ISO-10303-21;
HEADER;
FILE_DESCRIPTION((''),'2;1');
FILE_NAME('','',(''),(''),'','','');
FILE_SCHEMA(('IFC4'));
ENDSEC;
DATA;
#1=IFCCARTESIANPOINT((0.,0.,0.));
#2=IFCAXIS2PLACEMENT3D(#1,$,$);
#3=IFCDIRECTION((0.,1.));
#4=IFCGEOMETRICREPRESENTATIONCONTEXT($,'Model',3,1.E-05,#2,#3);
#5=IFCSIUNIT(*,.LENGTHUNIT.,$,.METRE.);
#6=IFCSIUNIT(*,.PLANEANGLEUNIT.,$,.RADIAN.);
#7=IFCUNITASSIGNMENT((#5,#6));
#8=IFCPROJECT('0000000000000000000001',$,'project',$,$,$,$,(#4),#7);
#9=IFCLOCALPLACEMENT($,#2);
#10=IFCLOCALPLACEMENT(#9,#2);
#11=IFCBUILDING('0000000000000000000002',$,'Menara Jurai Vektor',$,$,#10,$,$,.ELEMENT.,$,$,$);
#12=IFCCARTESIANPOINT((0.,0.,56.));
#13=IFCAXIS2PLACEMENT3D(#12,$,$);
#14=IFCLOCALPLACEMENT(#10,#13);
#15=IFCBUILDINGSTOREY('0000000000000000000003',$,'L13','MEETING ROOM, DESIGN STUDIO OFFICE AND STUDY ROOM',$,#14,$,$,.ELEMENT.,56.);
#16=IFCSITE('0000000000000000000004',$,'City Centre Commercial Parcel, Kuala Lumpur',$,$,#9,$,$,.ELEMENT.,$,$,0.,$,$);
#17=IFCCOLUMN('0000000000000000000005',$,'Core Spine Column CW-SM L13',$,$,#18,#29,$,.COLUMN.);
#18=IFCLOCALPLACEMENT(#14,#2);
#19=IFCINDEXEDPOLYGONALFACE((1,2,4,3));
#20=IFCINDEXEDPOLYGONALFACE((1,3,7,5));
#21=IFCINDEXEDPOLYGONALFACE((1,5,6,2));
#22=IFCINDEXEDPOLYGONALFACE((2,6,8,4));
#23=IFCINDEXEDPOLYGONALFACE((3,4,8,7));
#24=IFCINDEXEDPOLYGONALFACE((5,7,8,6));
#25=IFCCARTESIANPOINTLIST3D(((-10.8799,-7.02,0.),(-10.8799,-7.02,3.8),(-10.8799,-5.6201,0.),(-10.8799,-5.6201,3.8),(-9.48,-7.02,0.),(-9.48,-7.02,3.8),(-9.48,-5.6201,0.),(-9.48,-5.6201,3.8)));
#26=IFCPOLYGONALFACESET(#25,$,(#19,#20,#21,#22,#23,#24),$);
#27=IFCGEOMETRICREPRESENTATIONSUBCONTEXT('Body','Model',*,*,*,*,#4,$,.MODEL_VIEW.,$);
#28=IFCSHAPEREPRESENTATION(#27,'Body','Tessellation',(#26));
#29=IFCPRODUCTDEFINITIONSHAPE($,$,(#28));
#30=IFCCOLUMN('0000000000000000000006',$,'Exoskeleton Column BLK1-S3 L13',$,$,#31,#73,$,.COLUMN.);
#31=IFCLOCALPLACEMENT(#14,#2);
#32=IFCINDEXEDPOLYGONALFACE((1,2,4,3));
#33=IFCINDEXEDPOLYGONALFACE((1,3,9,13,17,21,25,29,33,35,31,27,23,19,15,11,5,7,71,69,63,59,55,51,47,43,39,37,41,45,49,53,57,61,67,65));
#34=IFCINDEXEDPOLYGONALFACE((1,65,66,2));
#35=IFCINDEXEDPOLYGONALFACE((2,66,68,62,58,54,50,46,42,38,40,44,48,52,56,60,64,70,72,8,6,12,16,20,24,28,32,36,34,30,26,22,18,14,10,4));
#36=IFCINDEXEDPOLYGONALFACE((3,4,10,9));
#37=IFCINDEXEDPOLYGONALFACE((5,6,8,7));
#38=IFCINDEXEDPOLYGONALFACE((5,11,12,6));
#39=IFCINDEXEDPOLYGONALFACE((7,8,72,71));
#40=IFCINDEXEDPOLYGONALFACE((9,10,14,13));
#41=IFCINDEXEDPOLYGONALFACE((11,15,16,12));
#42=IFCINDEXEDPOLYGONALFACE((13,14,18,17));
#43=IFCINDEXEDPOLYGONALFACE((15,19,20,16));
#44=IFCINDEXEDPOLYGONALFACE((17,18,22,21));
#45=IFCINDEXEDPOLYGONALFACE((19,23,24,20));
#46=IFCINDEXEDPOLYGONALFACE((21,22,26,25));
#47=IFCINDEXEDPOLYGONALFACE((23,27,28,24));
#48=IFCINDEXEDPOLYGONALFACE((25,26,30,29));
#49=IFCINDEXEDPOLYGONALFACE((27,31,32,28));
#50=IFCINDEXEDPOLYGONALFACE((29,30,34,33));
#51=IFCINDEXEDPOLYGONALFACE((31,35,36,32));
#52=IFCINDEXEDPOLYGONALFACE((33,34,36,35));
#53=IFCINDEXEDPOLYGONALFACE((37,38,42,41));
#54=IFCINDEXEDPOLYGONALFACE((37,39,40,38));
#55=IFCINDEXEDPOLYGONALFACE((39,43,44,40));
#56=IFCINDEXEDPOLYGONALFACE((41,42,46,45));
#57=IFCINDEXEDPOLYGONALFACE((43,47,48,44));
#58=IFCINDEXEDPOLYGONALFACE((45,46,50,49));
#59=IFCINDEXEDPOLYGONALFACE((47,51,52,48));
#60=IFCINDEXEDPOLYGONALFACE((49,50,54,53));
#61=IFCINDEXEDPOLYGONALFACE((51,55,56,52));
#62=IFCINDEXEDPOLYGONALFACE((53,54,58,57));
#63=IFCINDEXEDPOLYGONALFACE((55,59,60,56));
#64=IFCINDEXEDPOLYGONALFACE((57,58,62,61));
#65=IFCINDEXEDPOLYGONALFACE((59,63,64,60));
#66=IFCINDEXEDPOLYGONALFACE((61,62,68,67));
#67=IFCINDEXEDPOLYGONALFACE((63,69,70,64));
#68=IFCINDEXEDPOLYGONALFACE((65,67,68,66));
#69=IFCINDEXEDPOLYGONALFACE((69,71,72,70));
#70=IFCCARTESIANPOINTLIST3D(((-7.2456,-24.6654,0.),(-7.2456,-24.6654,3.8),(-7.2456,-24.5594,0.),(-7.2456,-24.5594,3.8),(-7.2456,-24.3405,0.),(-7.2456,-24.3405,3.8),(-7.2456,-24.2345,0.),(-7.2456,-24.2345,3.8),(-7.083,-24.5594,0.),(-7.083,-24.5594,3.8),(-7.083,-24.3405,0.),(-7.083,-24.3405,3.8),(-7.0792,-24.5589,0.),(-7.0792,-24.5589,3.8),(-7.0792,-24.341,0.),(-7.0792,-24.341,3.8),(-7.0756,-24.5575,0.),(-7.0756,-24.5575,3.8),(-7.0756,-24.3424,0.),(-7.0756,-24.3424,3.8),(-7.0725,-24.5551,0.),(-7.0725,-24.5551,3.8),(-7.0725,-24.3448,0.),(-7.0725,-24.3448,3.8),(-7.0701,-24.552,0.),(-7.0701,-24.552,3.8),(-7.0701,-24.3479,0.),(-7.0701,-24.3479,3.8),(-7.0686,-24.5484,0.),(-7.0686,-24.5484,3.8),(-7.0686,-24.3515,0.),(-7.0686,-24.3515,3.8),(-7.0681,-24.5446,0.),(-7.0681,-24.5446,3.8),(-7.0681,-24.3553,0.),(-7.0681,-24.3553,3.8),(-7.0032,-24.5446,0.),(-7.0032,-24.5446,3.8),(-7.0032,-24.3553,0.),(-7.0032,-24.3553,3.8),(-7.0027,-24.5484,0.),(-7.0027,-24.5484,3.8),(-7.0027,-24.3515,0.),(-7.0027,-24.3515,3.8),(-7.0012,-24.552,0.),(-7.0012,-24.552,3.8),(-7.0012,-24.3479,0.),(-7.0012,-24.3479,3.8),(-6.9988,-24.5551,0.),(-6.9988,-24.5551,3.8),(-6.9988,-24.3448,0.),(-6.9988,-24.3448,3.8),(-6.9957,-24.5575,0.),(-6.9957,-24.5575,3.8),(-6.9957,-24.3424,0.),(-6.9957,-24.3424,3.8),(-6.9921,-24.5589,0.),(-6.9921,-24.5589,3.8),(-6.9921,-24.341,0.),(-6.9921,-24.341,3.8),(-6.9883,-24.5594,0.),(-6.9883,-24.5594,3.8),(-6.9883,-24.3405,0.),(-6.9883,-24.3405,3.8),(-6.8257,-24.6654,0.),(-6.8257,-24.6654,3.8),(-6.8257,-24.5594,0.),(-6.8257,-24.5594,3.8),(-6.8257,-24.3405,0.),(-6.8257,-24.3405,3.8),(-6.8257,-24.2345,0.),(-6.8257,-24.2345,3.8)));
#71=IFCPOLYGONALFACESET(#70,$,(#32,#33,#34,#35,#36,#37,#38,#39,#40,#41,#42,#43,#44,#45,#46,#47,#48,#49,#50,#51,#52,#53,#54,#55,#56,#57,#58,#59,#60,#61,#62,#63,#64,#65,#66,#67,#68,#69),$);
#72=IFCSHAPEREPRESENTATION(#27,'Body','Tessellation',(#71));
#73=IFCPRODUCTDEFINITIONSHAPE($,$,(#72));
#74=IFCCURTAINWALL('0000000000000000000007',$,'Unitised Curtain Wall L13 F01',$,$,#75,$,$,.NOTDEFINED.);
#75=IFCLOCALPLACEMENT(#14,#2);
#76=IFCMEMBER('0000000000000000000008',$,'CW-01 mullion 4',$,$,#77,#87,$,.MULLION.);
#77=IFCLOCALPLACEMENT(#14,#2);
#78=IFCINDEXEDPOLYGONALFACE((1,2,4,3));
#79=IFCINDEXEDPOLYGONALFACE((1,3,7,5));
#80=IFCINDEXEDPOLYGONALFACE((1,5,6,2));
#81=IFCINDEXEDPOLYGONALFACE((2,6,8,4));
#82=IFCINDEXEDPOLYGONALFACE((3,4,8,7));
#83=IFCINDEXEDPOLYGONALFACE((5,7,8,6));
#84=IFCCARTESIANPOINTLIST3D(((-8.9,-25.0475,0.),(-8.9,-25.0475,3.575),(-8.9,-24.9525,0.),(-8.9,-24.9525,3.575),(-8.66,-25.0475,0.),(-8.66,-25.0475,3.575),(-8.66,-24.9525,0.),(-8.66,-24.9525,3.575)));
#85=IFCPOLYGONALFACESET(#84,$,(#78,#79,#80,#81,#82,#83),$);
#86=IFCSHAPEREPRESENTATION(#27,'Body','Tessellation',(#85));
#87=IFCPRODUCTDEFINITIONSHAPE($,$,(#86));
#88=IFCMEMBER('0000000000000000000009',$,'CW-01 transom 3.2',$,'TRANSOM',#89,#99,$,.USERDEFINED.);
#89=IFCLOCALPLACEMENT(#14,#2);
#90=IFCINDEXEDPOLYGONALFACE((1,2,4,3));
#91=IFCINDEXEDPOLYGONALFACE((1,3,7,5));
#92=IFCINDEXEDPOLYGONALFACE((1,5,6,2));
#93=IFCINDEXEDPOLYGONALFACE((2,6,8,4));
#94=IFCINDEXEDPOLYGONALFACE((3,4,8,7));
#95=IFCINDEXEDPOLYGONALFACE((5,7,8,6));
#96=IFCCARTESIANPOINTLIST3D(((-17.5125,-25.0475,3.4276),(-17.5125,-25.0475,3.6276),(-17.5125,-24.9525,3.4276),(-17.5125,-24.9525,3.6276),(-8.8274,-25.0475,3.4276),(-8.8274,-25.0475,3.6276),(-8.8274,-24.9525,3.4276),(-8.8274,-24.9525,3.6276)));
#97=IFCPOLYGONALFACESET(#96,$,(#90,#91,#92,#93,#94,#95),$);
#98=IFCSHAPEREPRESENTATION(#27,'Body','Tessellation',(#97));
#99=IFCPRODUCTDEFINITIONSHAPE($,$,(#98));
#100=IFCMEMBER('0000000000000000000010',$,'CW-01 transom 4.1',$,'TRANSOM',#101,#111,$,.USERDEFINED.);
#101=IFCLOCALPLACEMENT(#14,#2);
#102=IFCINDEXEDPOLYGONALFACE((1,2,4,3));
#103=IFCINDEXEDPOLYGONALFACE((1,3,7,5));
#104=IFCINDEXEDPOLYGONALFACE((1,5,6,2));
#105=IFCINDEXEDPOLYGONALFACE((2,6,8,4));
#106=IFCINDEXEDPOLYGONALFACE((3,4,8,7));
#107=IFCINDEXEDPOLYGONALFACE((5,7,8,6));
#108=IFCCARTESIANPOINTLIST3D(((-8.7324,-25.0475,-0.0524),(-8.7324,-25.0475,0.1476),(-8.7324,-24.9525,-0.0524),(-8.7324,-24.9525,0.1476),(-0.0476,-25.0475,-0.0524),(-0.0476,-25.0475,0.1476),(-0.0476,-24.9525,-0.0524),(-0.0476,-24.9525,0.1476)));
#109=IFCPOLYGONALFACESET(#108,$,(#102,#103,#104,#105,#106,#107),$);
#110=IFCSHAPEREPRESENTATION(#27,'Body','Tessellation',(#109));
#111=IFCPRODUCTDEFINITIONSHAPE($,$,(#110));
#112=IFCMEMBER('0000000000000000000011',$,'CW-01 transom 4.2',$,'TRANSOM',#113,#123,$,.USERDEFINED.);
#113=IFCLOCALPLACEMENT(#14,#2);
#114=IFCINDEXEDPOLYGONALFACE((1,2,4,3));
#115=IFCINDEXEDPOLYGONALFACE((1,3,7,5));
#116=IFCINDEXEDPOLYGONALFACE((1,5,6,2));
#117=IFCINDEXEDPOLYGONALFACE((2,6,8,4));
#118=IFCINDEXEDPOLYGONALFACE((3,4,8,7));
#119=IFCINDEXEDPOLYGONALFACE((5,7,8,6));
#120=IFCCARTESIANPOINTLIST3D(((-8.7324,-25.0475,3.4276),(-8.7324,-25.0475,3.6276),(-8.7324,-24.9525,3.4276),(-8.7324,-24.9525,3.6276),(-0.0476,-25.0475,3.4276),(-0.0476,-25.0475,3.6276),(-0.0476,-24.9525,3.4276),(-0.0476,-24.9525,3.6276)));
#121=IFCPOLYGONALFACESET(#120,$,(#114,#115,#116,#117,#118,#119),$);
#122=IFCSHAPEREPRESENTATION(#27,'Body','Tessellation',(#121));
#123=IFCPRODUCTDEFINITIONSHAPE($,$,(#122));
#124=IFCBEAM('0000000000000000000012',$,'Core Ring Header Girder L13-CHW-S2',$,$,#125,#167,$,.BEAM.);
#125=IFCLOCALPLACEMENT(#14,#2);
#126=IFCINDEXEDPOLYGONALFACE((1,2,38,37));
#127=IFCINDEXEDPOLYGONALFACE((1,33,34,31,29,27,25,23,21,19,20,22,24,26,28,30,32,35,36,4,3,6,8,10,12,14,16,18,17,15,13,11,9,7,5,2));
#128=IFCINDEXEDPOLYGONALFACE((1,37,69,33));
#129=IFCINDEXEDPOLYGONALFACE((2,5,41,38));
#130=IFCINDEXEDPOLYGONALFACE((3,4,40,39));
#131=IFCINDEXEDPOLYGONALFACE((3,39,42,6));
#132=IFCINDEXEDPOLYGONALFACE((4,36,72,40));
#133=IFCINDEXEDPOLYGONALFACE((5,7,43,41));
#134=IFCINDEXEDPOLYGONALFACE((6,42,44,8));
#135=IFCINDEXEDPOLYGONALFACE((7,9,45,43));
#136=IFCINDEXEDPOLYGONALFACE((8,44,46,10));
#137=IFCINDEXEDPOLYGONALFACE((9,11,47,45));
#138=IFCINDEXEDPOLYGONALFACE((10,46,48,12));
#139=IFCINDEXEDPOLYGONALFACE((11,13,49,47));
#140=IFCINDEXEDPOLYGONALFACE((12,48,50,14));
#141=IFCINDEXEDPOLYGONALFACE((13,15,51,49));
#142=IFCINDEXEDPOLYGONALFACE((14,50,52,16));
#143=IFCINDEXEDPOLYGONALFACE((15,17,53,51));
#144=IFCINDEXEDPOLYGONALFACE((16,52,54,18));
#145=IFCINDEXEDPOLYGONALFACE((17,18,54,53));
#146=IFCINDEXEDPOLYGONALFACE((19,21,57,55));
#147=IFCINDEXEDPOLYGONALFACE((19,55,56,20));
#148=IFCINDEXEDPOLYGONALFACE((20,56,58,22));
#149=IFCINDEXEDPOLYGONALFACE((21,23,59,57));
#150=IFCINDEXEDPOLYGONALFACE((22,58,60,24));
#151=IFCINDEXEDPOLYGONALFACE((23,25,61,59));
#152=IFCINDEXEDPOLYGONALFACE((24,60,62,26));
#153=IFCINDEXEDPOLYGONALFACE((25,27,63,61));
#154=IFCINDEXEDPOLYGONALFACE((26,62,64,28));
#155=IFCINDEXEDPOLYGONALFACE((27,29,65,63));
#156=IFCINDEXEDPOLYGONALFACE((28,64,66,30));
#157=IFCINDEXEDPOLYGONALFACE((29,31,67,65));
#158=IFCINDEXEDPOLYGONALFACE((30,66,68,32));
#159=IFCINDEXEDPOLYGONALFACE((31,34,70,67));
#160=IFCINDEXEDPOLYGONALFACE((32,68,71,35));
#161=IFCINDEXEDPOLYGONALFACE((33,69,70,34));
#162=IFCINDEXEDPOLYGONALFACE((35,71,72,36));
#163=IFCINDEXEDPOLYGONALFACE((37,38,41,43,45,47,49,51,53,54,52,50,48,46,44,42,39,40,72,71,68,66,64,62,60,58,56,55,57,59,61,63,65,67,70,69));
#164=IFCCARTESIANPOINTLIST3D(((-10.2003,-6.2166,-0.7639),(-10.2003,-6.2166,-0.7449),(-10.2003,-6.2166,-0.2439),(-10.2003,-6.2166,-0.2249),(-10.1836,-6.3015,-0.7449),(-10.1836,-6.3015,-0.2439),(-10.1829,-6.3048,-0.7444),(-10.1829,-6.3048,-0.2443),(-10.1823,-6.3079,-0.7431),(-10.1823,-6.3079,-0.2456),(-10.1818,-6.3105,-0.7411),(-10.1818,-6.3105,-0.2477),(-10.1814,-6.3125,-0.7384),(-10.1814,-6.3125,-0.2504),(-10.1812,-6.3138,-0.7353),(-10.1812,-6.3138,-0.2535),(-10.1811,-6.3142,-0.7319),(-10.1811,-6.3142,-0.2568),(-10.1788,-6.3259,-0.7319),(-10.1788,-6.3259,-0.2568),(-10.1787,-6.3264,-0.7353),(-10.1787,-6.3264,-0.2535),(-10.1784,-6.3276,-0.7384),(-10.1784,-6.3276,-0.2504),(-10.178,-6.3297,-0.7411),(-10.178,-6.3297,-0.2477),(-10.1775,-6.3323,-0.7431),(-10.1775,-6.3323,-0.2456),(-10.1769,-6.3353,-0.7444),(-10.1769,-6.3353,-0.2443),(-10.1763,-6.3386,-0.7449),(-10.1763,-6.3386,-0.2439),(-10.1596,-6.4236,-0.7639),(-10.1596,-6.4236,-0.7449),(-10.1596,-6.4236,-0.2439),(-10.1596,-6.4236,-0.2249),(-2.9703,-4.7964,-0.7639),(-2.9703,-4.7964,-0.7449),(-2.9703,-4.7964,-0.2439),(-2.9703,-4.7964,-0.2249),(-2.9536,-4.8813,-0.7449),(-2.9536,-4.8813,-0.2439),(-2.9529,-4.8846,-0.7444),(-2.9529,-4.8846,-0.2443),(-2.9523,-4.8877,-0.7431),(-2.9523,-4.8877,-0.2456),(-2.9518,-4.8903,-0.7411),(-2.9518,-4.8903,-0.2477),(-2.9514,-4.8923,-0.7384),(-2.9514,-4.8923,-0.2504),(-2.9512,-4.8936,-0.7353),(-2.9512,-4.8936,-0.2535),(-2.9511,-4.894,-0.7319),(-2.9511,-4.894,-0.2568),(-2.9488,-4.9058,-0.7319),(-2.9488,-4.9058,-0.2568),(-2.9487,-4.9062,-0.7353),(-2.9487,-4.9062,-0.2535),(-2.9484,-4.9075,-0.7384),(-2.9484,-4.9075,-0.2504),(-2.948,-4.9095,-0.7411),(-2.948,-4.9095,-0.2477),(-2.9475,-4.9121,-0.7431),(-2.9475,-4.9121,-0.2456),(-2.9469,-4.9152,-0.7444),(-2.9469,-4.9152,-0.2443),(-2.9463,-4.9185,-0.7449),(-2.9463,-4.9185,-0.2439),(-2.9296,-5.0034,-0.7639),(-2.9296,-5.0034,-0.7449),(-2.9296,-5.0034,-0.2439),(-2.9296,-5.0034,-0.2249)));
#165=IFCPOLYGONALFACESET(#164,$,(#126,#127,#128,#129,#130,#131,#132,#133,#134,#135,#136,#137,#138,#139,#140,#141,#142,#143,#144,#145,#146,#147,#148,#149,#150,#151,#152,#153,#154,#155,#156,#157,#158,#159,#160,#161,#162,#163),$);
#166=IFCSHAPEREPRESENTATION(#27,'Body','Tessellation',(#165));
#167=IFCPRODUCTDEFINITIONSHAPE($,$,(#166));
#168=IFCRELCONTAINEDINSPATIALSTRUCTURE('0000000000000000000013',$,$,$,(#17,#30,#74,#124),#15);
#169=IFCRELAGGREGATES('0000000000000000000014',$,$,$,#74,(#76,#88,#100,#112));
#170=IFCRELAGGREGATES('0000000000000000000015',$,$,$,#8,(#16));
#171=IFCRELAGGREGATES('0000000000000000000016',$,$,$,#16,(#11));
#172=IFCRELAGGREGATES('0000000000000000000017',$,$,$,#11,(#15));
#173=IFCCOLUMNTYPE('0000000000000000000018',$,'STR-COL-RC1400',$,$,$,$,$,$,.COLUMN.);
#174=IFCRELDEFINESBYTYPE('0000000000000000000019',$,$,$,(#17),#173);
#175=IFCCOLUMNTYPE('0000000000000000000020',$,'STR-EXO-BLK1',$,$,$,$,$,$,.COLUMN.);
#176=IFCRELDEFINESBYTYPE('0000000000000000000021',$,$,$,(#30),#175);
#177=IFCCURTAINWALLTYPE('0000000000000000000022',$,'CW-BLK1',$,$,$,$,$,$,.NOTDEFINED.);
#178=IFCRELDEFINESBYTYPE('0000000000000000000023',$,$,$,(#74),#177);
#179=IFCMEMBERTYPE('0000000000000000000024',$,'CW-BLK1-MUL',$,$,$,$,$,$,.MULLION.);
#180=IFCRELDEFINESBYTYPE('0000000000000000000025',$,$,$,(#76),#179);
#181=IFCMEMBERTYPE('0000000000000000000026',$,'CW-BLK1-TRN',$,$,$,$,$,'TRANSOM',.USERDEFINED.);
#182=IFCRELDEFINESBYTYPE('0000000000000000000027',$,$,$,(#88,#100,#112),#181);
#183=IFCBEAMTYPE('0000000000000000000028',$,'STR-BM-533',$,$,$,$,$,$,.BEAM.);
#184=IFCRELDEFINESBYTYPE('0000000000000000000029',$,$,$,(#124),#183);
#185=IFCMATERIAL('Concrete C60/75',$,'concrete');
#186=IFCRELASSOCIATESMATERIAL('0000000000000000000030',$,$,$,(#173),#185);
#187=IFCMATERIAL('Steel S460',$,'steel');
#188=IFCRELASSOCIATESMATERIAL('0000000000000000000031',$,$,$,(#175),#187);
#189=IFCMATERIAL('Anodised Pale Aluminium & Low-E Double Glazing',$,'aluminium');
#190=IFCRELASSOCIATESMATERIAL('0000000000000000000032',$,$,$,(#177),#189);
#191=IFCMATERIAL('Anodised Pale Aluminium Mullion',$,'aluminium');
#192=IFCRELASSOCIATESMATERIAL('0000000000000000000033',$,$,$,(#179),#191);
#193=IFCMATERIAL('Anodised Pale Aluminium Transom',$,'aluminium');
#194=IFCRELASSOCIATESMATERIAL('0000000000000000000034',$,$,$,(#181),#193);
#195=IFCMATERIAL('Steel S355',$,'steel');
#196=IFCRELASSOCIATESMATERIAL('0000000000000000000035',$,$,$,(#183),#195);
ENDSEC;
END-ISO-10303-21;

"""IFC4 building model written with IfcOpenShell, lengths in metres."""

from ifc_helpers import new_model, si_unit, direction, frame, origin, origin_2d, place, context, subcontext, project, spatial, rectangle, i_section, extrude, material, material_profile, profile_set, type_object, element, aggregate, save


model = new_model("IFC4")

# Units and contexts
model_context = context("Model", 3, precision=1e-05, world=origin(), true_north=direction((0.0, 1.0)))
body_context = subcontext(model_context, "Body", "Model", "MODEL_VIEW")
ifc_project = project(units=[si_unit("LENGTHUNIT", "METRE"), si_unit("PLANEANGLEUNIT", "RADIAN")], contexts=[model_context])

# Site, building, storey
site_placement = place(None, origin())
site = spatial("IfcSite", under=ifc_project, at=site_placement, Name="City Centre Commercial Parcel, Kuala Lumpur", CompositionType="ELEMENT", RefElevation=0.0)
building_placement = place(site_placement, origin())
building = spatial("IfcBuilding", under=site, at=building_placement, Name="Menara Jurai Vektor", CompositionType="ELEMENT")
storey_placement = place(building_placement, frame((0.0, 0.0, 56.0)))
storey = spatial("IfcBuildingStorey", under=building, at=storey_placement, Name="L13", Description="MEETING ROOM, DESIGN STUDIO OFFICE AND STUDY ROOM", CompositionType="ELEMENT", Elevation=56.0)

# Columns
ifc_material_1 = material(Name="Concrete C60/75", Category="concrete")
ifc_material_profile_1 = material_profile(ifc_material_1, rectangle(XDim=1.3999, YDim=1.3999, at=origin_2d()), Name="RC 1400x1400")
ifc_profile_set_1 = profile_set([ifc_material_profile_1], Name="Concrete C60/75")
column_type_1 = type_object("IfcColumnType", Name="STR-COL-RC1400", PredefinedType="COLUMN", material=ifc_profile_set_1)
column_1_placement = place(storey_placement, frame((-10.1799, -6.3201, 0.0), z_axis=(0.0, 0.0, 1.0), x_axis=(1.0, 0.0, 0.0)))
element("IfcColumn", 1, at=column_1_placement, inside=storey, type_object=column_type_1, Name="Core Spine Column CW-SM L13", PredefinedType="COLUMN", context=body_context, shape_type="SweptSolid", body=[
    extrude(rectangle(XDim=1.3999, YDim=1.3999, at=origin_2d()), origin(), (0.0, 0.0, 1.0), 3.8),
])
ifc_material_2 = material(Name="Steel S460", Category="steel")
ifc_material_profile_2 = material_profile(ifc_material_2, i_section(OverallWidth=0.4199, OverallDepth=0.4309, WebThickness=0.0649, FlangeThickness=0.106, FilletRadius=0.0149, at=origin_2d()), Name="HD 400x900")
ifc_profile_set_2 = profile_set([ifc_material_profile_2], Name="Steel S460")
column_type_2 = type_object("IfcColumnType", Name="STR-EXO-BLK1", PredefinedType="COLUMN", material=ifc_profile_set_2)
column_2_placement = place(storey_placement, frame((-7.0356, -24.45, 0.0), z_axis=(0.0, 0.0, 1.0), x_axis=(1.0, 0.0, 0.0)))
element("IfcColumn", 2, at=column_2_placement, inside=storey, type_object=column_type_2, Name="Exoskeleton Column BLK1-S3 L13", PredefinedType="COLUMN", context=body_context, shape_type="SweptSolid", body=[
    extrude(i_section(OverallWidth=0.4199, OverallDepth=0.4309, WebThickness=0.0649, FlangeThickness=0.106, FilletRadius=0.0149, at=origin_2d()), origin(), (0.0, 0.0, 1.0), 3.8),
])

# Curtain wall, members
ifc_material_3 = material(Name="Anodised Pale Aluminium & Low-E Double Glazing", Category="aluminium")
curtain_wall_type = type_object("IfcCurtainWallType", Name="CW-BLK1", PredefinedType="NOTDEFINED", material=ifc_material_3)
curtain_wall_placement = place(storey_placement, origin())
curtain_wall = element("IfcCurtainWall", 3, at=curtain_wall_placement, inside=storey, type_object=curtain_wall_type, Name="Unitised Curtain Wall L13 F01", PredefinedType="NOTDEFINED")
ifc_material_4 = material(Name="Anodised Pale Aluminium Mullion", Category="aluminium")
ifc_material_profile_3 = material_profile(ifc_material_4, rectangle(XDim=0.095, YDim=0.24, at=origin_2d()), Name="ALU MUL 95x240")
ifc_profile_set_3 = profile_set([ifc_material_profile_3], Name="Anodised Pale Aluminium Mullion")
member_type_1 = type_object("IfcMemberType", Name="CW-BLK1-MUL", PredefinedType="MULLION", material=ifc_profile_set_3)
member_1_placement = place(storey_placement, frame((-8.78, -25.0, 0.0), z_axis=(0.0, 0.0, 1.0), x_axis=(0.0, 1.0, 0.0)))
member_1 = element("IfcMember", 4, at=member_1_placement, type_object=member_type_1, Name="CW-01 mullion 4", PredefinedType="MULLION", context=body_context, shape_type="SweptSolid", body=[
    extrude(rectangle(XDim=0.095, YDim=0.24, at=origin_2d()), origin(), (0.0, 0.0, 1.0), 3.575),
])
ifc_material_5 = material(Name="Anodised Pale Aluminium Transom", Category="aluminium")
ifc_material_profile_4 = material_profile(ifc_material_5, rectangle(XDim=0.095, YDim=0.2, at=origin_2d()), Name="ALU TRN 95x200")
ifc_profile_set_4 = profile_set([ifc_material_profile_4], Name="Anodised Pale Aluminium Transom")
member_type_2 = type_object("IfcMemberType", Name="CW-BLK1-TRN", ElementType="TRANSOM", PredefinedType="USERDEFINED", material=ifc_profile_set_4)
member_2_placement = place(storey_placement, frame((-17.5125, -25.0, 3.5276), z_axis=(1.0, 0.0, 0.0), x_axis=(0.0, 1.0, 0.0)))
member_2 = element("IfcMember", 5, at=member_2_placement, type_object=member_type_2, Name="CW-01 transom 3.2", ObjectType="TRANSOM", PredefinedType="USERDEFINED", context=body_context, shape_type="SweptSolid", body=[
    extrude(rectangle(XDim=0.095, YDim=0.2, at=origin_2d()), origin(), (0.0, 0.0, 1.0), 8.6851),
])
member_3_placement = place(storey_placement, frame((-8.7324, -25.0, 0.0476), z_axis=(1.0, 0.0, 0.0), x_axis=(0.0, 1.0, 0.0)))
member_3 = element("IfcMember", 6, at=member_3_placement, type_object=member_type_2, Name="CW-01 transom 4.1", ObjectType="TRANSOM", PredefinedType="USERDEFINED", context=body_context, shape_type="SweptSolid", body=[
    extrude(rectangle(XDim=0.095, YDim=0.2, at=origin_2d()), origin(), (0.0, 0.0, 1.0), 8.6848),
])
member_4_placement = place(storey_placement, frame((-8.7324, -25.0, 3.5276), z_axis=(1.0, 0.0, 0.0), x_axis=(0.0, 1.0, 0.0)))
member_4 = element("IfcMember", 7, at=member_4_placement, type_object=member_type_2, Name="CW-01 transom 4.2", ObjectType="TRANSOM", PredefinedType="USERDEFINED", context=body_context, shape_type="SweptSolid", body=[
    extrude(rectangle(XDim=0.095, YDim=0.2, at=origin_2d()), origin(), (0.0, 0.0, 1.0), 8.6848),
])

# Beam
ifc_material_6 = material(Name="Steel S355", Category="steel")
ifc_material_profile_5 = material_profile(ifc_material_6, i_section(OverallWidth=0.2109, OverallDepth=0.5391, WebThickness=0.012, FlangeThickness=0.019, FilletRadius=0.0129, at=origin_2d()), Name="UKB 533x210x109")
ifc_profile_set_5 = profile_set([ifc_material_profile_5], Name="Steel S355")
beam_type_1 = type_object("IfcBeamType", Name="STR-BM-533", PredefinedType="BEAM", material=ifc_profile_set_5)
beam_1_placement = place(storey_placement, frame((-10.1799, -6.3201, -0.4944), z_axis=(0.981249, 0.192744, 0.0), x_axis=(-0.192744, 0.981249, 0.0)))
element("IfcBeam", 8, at=beam_1_placement, inside=storey, type_object=beam_type_1, Name="Core Ring Header Girder L13-CHW-S2", PredefinedType="BEAM", context=body_context, shape_type="SweptSolid", body=[
    extrude(i_section(OverallWidth=0.2109, OverallDepth=0.5391, WebThickness=0.012, FlangeThickness=0.019, FilletRadius=0.0129, at=origin_2d()), origin(), (0.0, 0.0, 1.0), 7.3682),
])

aggregate(curtain_wall, [member_1, member_2, member_3, member_4])

save(model, "model.ifc")
